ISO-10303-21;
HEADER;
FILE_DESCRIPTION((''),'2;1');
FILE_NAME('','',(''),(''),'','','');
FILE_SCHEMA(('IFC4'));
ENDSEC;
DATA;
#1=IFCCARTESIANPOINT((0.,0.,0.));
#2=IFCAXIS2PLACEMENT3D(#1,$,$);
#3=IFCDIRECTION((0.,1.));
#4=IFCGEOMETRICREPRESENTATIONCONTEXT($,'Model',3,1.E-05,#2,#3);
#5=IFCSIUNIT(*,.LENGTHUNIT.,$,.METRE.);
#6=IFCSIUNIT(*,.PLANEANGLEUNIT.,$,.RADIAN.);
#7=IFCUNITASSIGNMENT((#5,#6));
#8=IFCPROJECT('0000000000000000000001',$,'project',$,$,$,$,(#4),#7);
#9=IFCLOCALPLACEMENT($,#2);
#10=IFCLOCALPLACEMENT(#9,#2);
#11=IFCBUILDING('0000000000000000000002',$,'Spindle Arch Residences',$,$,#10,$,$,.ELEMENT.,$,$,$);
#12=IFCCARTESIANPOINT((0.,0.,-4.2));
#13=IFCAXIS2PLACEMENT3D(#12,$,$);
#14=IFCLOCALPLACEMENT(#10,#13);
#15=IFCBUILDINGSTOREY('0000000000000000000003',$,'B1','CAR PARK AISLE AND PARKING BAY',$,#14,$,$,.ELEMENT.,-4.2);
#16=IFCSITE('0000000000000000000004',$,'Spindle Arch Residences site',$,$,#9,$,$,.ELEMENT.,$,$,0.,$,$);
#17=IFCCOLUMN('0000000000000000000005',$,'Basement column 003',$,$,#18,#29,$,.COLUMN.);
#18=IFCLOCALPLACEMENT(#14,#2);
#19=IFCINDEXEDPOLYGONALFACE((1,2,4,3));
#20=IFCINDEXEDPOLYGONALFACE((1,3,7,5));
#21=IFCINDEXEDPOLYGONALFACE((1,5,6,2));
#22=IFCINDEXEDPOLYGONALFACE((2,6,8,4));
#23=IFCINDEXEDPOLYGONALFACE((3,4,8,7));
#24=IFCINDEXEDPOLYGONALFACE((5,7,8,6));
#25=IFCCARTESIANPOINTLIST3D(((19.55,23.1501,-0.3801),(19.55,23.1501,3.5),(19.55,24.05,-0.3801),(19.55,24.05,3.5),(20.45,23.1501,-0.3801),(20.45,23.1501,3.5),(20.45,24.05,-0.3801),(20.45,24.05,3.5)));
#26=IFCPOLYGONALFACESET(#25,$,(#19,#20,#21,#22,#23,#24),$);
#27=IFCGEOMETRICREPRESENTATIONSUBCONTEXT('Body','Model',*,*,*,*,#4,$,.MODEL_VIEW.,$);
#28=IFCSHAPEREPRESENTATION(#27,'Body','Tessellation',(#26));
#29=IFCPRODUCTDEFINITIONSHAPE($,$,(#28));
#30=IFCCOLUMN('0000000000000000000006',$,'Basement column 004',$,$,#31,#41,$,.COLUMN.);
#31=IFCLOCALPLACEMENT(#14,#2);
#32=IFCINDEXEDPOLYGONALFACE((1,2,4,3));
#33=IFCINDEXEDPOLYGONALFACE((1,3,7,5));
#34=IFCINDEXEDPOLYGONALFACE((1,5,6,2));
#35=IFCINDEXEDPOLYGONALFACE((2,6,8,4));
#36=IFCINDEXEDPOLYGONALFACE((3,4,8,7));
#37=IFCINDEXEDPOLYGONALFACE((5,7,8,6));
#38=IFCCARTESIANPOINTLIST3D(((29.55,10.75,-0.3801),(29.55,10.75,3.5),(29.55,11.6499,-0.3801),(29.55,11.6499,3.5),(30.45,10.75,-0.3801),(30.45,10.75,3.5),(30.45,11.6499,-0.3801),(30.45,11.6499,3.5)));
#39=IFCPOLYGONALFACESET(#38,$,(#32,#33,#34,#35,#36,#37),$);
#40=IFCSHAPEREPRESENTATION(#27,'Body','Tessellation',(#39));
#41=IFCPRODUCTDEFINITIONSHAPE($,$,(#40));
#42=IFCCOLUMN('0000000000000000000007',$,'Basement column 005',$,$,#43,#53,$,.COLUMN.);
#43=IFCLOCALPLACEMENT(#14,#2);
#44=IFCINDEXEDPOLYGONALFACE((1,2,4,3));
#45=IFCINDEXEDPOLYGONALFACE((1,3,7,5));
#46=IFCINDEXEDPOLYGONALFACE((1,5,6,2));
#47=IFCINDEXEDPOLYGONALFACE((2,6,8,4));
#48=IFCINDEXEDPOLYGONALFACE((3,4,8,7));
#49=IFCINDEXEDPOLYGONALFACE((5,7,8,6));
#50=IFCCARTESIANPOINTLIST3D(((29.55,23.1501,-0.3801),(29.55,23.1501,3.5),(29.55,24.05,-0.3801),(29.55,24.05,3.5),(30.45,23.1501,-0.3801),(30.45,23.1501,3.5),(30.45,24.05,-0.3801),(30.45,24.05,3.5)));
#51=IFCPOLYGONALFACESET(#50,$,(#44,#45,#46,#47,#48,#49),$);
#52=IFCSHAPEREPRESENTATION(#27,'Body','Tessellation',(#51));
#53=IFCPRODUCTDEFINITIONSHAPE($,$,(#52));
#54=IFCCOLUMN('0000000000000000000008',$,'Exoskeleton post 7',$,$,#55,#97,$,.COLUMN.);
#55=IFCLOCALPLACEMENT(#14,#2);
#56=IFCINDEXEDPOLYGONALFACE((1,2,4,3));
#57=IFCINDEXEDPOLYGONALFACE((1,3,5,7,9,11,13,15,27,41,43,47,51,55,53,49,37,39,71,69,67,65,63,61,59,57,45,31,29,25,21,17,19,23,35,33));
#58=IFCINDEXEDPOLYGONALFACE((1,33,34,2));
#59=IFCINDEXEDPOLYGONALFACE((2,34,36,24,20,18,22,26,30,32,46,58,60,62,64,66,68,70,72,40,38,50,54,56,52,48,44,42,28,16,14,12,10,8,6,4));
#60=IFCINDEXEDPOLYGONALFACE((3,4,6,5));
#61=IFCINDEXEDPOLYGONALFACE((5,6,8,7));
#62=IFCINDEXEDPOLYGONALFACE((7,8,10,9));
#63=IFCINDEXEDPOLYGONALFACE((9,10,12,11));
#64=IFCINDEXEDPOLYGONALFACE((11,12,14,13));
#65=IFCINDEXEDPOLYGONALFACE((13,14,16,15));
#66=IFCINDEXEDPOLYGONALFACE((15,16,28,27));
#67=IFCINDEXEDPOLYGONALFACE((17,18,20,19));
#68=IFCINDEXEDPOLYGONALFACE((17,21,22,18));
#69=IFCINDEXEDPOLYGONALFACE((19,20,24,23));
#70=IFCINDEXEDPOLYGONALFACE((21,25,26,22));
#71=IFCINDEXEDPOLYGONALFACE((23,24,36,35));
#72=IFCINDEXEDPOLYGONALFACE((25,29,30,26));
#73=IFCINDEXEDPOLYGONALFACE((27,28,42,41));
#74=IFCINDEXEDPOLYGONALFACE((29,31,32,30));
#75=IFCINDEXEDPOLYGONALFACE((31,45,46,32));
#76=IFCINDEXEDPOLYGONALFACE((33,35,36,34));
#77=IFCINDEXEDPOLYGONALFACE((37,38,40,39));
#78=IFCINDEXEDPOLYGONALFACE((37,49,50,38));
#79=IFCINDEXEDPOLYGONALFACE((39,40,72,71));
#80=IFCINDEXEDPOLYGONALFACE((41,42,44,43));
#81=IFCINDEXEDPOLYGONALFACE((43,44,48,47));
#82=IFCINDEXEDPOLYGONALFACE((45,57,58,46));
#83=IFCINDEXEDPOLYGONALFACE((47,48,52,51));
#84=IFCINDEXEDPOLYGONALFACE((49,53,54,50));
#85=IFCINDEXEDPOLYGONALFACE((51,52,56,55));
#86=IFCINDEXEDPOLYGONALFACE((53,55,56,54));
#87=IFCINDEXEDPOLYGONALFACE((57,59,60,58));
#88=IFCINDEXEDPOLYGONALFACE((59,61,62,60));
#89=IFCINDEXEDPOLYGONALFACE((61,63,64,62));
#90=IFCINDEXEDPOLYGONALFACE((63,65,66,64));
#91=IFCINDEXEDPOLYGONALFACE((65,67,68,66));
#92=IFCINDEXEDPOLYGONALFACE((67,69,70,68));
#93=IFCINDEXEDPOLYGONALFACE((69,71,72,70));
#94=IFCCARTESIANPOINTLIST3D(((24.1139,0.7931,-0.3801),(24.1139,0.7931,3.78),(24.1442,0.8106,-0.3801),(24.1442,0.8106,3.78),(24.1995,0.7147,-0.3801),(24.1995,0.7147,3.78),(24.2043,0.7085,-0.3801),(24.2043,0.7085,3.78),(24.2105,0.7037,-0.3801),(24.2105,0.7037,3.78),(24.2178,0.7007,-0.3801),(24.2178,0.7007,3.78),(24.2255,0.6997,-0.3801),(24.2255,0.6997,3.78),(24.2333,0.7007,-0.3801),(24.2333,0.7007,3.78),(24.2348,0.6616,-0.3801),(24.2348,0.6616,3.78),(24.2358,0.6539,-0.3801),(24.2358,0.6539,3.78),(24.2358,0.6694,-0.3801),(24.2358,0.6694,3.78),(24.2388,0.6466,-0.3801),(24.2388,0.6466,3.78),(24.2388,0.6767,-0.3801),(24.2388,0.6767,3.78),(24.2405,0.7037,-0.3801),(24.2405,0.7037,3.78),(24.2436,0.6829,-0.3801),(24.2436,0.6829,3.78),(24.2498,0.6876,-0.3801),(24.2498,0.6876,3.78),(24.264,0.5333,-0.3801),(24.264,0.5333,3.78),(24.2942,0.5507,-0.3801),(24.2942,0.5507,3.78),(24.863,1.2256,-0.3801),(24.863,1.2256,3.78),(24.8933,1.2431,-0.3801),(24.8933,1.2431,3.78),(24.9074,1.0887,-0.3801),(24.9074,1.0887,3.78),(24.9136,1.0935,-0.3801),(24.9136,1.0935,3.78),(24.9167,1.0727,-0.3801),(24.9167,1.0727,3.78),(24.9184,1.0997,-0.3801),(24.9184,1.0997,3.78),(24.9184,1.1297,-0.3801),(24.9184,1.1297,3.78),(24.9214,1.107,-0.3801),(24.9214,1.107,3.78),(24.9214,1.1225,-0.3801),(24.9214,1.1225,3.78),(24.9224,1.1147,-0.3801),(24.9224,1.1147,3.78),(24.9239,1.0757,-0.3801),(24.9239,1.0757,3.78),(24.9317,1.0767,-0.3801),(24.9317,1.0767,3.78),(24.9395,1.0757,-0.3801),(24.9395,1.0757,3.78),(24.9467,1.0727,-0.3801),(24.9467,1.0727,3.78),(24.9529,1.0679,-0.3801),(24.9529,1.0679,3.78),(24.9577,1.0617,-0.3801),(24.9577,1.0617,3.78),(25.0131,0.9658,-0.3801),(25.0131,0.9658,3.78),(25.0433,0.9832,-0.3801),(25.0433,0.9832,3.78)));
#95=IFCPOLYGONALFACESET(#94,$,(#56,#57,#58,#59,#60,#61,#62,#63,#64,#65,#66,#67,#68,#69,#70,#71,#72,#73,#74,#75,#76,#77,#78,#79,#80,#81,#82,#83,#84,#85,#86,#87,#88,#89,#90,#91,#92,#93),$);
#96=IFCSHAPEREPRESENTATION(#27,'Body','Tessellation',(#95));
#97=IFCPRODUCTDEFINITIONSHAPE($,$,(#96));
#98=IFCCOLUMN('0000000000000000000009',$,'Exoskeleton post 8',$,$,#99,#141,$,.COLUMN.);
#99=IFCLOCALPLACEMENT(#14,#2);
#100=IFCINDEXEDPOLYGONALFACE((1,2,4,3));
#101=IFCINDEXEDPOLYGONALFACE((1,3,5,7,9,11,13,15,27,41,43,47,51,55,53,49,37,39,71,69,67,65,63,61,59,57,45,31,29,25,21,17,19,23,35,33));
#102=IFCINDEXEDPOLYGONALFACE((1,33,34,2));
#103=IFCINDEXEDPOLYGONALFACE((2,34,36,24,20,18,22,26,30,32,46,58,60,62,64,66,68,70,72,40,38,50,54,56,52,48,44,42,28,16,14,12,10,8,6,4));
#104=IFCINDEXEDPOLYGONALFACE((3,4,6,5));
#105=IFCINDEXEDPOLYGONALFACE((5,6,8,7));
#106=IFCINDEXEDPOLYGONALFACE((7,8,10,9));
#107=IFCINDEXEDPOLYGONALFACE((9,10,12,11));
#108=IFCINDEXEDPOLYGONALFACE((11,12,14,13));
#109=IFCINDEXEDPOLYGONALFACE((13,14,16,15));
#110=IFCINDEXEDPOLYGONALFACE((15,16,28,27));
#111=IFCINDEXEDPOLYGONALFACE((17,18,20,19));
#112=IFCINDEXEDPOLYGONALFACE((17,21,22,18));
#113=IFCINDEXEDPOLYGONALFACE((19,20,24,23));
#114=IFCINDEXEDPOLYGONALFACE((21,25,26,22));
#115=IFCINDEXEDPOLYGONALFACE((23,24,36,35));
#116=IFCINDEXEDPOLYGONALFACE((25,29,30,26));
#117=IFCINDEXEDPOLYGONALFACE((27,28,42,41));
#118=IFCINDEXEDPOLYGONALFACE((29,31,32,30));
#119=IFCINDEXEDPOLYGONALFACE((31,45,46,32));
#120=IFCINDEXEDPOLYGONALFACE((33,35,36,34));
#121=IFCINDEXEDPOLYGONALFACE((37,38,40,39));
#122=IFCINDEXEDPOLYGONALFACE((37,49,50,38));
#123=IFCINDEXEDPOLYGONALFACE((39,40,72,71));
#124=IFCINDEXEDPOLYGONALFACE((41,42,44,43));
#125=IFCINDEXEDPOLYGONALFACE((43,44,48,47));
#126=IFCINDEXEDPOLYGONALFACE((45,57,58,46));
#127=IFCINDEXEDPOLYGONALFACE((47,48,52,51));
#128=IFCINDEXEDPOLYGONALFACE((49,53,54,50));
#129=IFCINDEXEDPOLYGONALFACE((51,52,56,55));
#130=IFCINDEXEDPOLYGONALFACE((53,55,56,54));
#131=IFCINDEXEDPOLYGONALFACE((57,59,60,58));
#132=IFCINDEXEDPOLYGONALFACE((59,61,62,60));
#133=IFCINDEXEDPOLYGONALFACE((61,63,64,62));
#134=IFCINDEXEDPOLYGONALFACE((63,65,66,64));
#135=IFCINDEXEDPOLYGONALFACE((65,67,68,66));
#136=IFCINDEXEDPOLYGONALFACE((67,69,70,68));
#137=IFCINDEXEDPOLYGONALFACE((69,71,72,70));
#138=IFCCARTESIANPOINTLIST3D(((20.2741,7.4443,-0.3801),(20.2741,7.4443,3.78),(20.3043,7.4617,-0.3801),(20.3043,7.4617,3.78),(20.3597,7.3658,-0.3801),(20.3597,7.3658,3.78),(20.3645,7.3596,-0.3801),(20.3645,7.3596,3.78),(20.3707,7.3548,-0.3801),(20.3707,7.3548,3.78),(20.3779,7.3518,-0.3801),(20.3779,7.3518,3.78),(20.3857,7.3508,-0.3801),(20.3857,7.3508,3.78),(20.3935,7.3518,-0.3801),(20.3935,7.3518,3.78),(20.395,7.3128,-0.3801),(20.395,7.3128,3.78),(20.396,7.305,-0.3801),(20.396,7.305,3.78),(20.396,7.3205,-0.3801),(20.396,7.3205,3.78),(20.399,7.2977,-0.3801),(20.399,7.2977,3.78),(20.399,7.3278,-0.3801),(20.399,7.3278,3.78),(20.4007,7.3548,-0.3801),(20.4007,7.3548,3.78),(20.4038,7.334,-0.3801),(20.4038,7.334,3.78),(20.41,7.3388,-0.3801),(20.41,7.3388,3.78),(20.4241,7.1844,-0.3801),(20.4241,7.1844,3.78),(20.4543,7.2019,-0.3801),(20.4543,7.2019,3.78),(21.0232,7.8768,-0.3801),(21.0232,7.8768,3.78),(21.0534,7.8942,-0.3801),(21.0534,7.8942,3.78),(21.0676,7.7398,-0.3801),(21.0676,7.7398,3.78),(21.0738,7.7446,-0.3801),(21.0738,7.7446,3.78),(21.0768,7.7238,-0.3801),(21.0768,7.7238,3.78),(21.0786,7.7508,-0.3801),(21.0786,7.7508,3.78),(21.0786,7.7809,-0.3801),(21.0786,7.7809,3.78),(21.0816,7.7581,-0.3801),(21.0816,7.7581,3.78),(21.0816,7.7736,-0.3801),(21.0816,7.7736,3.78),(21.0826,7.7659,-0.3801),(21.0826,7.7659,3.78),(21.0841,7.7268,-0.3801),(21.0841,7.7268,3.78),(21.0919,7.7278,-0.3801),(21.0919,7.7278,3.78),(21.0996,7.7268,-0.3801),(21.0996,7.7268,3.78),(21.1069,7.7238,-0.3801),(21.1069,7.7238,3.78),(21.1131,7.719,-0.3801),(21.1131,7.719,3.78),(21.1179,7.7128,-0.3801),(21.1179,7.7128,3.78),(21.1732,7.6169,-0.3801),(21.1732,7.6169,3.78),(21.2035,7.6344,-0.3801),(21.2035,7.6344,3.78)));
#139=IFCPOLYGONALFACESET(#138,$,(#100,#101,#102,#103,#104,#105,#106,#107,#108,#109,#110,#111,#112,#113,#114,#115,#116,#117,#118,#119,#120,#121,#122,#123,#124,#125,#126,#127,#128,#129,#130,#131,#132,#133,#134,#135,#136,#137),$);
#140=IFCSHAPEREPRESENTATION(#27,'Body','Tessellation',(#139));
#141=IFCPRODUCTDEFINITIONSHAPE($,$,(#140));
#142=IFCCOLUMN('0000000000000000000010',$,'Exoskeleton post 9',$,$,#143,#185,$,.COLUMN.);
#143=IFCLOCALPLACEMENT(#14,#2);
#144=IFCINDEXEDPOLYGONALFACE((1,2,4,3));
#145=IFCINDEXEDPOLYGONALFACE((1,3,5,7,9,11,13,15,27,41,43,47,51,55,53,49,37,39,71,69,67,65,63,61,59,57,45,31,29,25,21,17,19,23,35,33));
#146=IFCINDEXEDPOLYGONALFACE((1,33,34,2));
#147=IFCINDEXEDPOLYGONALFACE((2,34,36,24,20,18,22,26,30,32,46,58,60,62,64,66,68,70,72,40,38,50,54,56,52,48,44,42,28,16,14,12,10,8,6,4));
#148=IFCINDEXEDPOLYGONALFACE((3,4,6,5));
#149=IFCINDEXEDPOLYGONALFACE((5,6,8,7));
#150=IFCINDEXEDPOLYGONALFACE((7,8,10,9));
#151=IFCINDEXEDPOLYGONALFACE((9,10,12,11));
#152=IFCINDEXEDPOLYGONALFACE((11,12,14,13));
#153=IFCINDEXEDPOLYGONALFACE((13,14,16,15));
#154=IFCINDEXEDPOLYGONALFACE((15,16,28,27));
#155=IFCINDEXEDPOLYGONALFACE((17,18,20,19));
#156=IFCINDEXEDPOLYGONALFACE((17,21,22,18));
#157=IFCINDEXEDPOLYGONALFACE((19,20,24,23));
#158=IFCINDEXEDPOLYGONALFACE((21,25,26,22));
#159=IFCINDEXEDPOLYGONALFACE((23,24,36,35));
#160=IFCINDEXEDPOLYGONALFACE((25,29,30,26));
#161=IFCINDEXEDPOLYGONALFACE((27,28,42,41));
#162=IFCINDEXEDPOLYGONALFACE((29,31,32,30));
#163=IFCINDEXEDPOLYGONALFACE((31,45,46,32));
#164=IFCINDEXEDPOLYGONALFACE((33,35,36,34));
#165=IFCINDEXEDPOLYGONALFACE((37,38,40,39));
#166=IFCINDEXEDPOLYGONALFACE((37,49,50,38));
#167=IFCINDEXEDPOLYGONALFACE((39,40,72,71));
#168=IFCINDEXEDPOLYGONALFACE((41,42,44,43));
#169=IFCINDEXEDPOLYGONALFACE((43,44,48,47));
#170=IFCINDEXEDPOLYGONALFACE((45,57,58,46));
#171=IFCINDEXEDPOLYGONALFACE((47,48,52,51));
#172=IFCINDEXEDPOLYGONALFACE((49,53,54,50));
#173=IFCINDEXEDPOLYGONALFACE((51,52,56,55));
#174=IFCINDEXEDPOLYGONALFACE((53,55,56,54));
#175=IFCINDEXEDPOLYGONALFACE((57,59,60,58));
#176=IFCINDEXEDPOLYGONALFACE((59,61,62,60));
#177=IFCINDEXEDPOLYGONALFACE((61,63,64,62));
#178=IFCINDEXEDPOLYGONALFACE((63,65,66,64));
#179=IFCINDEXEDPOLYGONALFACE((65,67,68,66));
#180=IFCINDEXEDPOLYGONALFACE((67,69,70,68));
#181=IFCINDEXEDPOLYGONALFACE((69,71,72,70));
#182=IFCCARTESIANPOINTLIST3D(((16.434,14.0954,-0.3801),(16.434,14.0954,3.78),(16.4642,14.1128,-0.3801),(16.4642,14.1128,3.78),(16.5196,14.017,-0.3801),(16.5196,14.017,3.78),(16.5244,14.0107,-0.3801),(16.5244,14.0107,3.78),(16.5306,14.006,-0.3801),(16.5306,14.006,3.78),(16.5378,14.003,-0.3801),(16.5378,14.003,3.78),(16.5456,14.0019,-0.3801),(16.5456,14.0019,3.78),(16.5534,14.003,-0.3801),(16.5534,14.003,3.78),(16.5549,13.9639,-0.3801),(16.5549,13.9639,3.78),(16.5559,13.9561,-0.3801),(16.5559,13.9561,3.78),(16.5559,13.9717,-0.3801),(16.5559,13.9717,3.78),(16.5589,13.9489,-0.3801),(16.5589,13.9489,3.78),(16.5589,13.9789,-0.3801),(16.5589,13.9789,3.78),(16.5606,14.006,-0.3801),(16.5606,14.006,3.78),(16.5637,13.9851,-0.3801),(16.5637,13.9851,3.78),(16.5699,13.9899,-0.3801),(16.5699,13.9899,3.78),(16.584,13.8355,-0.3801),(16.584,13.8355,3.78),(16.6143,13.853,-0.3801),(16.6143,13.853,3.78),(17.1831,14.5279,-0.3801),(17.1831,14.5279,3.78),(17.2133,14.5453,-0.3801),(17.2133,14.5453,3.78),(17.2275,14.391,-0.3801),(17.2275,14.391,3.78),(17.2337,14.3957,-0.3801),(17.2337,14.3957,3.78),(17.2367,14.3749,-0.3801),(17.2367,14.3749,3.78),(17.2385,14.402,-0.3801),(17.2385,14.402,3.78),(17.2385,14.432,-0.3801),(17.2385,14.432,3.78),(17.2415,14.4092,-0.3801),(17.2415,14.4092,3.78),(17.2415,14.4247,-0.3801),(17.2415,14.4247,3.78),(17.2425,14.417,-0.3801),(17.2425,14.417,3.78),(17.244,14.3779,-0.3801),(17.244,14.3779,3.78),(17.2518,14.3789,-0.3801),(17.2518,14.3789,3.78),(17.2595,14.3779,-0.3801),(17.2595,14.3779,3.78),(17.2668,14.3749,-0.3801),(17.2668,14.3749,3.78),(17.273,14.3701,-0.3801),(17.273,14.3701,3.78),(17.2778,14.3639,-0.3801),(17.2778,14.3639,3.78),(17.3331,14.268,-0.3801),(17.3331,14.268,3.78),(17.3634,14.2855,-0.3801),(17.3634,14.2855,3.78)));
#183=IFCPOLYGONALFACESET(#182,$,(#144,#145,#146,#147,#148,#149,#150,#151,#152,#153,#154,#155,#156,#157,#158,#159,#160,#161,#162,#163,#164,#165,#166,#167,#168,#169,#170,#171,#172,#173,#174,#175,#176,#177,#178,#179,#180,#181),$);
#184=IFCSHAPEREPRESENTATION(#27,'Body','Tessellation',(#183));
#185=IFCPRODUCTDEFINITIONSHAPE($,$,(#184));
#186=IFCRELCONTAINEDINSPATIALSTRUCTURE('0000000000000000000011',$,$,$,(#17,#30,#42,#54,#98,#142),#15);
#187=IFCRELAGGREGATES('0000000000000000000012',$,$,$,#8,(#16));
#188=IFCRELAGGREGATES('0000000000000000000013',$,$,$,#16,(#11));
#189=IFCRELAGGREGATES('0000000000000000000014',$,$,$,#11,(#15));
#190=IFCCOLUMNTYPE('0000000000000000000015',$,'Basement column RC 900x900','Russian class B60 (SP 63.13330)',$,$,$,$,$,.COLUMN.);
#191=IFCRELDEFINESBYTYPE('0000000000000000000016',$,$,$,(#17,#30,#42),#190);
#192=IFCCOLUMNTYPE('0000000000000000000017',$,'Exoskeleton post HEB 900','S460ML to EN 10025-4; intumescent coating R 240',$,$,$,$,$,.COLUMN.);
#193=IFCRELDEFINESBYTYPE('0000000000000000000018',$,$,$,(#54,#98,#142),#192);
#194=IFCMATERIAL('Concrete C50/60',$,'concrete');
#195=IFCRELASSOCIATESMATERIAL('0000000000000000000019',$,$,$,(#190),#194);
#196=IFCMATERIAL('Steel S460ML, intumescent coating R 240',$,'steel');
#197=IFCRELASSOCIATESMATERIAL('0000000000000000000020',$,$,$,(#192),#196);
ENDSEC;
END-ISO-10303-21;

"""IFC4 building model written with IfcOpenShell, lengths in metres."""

from ifc_helpers import new_model, si_unit, direction, frame, origin, origin_2d, place, context, subcontext, project, spatial, rectangle, i_section, extrude, material, material_profile, profile_set, type_object, element, save


model = new_model("IFC4")

# Units and contexts
model_context = context("Model", 3, precision=1e-05, world=origin(), true_north=direction((0.0, 1.0)))
body_context = subcontext(model_context, "Body", "Model", "MODEL_VIEW")
ifc_project = project(units=[si_unit("LENGTHUNIT", "METRE"), si_unit("PLANEANGLEUNIT", "RADIAN")], contexts=[model_context])

# Site, building, storey
site_placement = place(None, origin())
site = spatial("IfcSite", under=ifc_project, at=site_placement, Name="Spindle Arch Residences site", CompositionType="ELEMENT", RefElevation=0.0)
building_placement = place(site_placement, origin())
building = spatial("IfcBuilding", under=site, at=building_placement, Name="Spindle Arch Residences", CompositionType="ELEMENT")
storey_placement = place(building_placement, frame((0.0, 0.0, -4.2)))
storey = spatial("IfcBuildingStorey", under=building, at=storey_placement, Name="B1", Description="CAR PARK AISLE AND PARKING BAY", CompositionType="ELEMENT", Elevation=-4.2)

# Columns
ifc_material_1 = material(Name="Concrete C50/60", Category="concrete")
ifc_material_profile_1 = material_profile(ifc_material_1, rectangle(XDim=0.8999, YDim=0.8999, at=origin_2d()), Name="RC 900x900")
ifc_profile_set_1 = profile_set([ifc_material_profile_1], Name="Concrete C50/60")
column_type_1 = type_object("IfcColumnType", Name="Basement column RC 900x900", Description="Russian class B60 (SP 63.13330)", PredefinedType="COLUMN", material=ifc_profile_set_1)
for number, where, z_axis, x_axis, name in (
    (1, (20.0, 23.6001, -0.3801), (0.0, 0.0, 1.0), (1.0, 0.0, 0.0), "Basement column 003"),
    (2, (30.0, 11.2, -0.3801), (0.0, 0.0, 1.0), (1.0, 0.0, 0.0), "Basement column 004"),
    (3, (30.0, 23.6001, -0.3801), (0.0, 0.0, 1.0), (1.0, 0.0, 0.0), "Basement column 005"),
):
    element("IfcColumn", number, at=place(storey_placement, frame(where, z_axis=z_axis, x_axis=x_axis)), inside=storey, type_object=column_type_1, Name=name, PredefinedType="COLUMN", context=body_context, shape_type="SweptSolid", body=[
        extrude(rectangle(XDim=0.8999, YDim=0.8999, at=origin_2d()), origin(), (0.0, 0.0, 1.0), 3.8801),
    ])
ifc_material_2 = material(Name="Steel S460ML, intumescent coating R 240", Category="steel")
ifc_material_profile_2 = material_profile(ifc_material_2, i_section(OverallWidth=0.3, OverallDepth=0.8999, WebThickness=0.0186, FlangeThickness=0.0349, FilletRadius=0.03, at=origin_2d()), Name="HEB 900")
ifc_profile_set_2 = profile_set([ifc_material_profile_2], Name="Steel S460ML, intumescent coating R 240")
column_type_2 = type_object("IfcColumnType", Name="Exoskeleton post HEB 900", Description="S460ML to EN 10025-4; intumescent coating R 240", PredefinedType="COLUMN", material=ifc_profile_set_2)
for number, where, z_axis, x_axis, name in (
    (4, (24.5786, 0.8882, -0.3801), (0.0, 0.0, 1.0), (0.5, -0.866025, 0.0), "Exoskeleton post 7"),
    (5, (20.7388, 7.5393, -0.3801), (0.0, 0.0, 1.0), (0.5, -0.866025, 0.0), "Exoskeleton post 8"),
    (6, (16.8987, 14.1904, -0.3801), (0.0, 0.0, 1.0), (0.5, -0.866025, 0.0), "Exoskeleton post 9"),
):
    element("IfcColumn", number, at=place(storey_placement, frame(where, z_axis=z_axis, x_axis=x_axis)), inside=storey, type_object=column_type_2, Name=name, PredefinedType="COLUMN", context=body_context, shape_type="SweptSolid", body=[
        extrude(i_section(OverallWidth=0.3, OverallDepth=0.8999, WebThickness=0.0186, FlangeThickness=0.0349, FilletRadius=0.03, at=origin_2d()), origin(), (0.0, 0.0, 1.0), 4.1602),
    ])

save(model, "model.ifc")
